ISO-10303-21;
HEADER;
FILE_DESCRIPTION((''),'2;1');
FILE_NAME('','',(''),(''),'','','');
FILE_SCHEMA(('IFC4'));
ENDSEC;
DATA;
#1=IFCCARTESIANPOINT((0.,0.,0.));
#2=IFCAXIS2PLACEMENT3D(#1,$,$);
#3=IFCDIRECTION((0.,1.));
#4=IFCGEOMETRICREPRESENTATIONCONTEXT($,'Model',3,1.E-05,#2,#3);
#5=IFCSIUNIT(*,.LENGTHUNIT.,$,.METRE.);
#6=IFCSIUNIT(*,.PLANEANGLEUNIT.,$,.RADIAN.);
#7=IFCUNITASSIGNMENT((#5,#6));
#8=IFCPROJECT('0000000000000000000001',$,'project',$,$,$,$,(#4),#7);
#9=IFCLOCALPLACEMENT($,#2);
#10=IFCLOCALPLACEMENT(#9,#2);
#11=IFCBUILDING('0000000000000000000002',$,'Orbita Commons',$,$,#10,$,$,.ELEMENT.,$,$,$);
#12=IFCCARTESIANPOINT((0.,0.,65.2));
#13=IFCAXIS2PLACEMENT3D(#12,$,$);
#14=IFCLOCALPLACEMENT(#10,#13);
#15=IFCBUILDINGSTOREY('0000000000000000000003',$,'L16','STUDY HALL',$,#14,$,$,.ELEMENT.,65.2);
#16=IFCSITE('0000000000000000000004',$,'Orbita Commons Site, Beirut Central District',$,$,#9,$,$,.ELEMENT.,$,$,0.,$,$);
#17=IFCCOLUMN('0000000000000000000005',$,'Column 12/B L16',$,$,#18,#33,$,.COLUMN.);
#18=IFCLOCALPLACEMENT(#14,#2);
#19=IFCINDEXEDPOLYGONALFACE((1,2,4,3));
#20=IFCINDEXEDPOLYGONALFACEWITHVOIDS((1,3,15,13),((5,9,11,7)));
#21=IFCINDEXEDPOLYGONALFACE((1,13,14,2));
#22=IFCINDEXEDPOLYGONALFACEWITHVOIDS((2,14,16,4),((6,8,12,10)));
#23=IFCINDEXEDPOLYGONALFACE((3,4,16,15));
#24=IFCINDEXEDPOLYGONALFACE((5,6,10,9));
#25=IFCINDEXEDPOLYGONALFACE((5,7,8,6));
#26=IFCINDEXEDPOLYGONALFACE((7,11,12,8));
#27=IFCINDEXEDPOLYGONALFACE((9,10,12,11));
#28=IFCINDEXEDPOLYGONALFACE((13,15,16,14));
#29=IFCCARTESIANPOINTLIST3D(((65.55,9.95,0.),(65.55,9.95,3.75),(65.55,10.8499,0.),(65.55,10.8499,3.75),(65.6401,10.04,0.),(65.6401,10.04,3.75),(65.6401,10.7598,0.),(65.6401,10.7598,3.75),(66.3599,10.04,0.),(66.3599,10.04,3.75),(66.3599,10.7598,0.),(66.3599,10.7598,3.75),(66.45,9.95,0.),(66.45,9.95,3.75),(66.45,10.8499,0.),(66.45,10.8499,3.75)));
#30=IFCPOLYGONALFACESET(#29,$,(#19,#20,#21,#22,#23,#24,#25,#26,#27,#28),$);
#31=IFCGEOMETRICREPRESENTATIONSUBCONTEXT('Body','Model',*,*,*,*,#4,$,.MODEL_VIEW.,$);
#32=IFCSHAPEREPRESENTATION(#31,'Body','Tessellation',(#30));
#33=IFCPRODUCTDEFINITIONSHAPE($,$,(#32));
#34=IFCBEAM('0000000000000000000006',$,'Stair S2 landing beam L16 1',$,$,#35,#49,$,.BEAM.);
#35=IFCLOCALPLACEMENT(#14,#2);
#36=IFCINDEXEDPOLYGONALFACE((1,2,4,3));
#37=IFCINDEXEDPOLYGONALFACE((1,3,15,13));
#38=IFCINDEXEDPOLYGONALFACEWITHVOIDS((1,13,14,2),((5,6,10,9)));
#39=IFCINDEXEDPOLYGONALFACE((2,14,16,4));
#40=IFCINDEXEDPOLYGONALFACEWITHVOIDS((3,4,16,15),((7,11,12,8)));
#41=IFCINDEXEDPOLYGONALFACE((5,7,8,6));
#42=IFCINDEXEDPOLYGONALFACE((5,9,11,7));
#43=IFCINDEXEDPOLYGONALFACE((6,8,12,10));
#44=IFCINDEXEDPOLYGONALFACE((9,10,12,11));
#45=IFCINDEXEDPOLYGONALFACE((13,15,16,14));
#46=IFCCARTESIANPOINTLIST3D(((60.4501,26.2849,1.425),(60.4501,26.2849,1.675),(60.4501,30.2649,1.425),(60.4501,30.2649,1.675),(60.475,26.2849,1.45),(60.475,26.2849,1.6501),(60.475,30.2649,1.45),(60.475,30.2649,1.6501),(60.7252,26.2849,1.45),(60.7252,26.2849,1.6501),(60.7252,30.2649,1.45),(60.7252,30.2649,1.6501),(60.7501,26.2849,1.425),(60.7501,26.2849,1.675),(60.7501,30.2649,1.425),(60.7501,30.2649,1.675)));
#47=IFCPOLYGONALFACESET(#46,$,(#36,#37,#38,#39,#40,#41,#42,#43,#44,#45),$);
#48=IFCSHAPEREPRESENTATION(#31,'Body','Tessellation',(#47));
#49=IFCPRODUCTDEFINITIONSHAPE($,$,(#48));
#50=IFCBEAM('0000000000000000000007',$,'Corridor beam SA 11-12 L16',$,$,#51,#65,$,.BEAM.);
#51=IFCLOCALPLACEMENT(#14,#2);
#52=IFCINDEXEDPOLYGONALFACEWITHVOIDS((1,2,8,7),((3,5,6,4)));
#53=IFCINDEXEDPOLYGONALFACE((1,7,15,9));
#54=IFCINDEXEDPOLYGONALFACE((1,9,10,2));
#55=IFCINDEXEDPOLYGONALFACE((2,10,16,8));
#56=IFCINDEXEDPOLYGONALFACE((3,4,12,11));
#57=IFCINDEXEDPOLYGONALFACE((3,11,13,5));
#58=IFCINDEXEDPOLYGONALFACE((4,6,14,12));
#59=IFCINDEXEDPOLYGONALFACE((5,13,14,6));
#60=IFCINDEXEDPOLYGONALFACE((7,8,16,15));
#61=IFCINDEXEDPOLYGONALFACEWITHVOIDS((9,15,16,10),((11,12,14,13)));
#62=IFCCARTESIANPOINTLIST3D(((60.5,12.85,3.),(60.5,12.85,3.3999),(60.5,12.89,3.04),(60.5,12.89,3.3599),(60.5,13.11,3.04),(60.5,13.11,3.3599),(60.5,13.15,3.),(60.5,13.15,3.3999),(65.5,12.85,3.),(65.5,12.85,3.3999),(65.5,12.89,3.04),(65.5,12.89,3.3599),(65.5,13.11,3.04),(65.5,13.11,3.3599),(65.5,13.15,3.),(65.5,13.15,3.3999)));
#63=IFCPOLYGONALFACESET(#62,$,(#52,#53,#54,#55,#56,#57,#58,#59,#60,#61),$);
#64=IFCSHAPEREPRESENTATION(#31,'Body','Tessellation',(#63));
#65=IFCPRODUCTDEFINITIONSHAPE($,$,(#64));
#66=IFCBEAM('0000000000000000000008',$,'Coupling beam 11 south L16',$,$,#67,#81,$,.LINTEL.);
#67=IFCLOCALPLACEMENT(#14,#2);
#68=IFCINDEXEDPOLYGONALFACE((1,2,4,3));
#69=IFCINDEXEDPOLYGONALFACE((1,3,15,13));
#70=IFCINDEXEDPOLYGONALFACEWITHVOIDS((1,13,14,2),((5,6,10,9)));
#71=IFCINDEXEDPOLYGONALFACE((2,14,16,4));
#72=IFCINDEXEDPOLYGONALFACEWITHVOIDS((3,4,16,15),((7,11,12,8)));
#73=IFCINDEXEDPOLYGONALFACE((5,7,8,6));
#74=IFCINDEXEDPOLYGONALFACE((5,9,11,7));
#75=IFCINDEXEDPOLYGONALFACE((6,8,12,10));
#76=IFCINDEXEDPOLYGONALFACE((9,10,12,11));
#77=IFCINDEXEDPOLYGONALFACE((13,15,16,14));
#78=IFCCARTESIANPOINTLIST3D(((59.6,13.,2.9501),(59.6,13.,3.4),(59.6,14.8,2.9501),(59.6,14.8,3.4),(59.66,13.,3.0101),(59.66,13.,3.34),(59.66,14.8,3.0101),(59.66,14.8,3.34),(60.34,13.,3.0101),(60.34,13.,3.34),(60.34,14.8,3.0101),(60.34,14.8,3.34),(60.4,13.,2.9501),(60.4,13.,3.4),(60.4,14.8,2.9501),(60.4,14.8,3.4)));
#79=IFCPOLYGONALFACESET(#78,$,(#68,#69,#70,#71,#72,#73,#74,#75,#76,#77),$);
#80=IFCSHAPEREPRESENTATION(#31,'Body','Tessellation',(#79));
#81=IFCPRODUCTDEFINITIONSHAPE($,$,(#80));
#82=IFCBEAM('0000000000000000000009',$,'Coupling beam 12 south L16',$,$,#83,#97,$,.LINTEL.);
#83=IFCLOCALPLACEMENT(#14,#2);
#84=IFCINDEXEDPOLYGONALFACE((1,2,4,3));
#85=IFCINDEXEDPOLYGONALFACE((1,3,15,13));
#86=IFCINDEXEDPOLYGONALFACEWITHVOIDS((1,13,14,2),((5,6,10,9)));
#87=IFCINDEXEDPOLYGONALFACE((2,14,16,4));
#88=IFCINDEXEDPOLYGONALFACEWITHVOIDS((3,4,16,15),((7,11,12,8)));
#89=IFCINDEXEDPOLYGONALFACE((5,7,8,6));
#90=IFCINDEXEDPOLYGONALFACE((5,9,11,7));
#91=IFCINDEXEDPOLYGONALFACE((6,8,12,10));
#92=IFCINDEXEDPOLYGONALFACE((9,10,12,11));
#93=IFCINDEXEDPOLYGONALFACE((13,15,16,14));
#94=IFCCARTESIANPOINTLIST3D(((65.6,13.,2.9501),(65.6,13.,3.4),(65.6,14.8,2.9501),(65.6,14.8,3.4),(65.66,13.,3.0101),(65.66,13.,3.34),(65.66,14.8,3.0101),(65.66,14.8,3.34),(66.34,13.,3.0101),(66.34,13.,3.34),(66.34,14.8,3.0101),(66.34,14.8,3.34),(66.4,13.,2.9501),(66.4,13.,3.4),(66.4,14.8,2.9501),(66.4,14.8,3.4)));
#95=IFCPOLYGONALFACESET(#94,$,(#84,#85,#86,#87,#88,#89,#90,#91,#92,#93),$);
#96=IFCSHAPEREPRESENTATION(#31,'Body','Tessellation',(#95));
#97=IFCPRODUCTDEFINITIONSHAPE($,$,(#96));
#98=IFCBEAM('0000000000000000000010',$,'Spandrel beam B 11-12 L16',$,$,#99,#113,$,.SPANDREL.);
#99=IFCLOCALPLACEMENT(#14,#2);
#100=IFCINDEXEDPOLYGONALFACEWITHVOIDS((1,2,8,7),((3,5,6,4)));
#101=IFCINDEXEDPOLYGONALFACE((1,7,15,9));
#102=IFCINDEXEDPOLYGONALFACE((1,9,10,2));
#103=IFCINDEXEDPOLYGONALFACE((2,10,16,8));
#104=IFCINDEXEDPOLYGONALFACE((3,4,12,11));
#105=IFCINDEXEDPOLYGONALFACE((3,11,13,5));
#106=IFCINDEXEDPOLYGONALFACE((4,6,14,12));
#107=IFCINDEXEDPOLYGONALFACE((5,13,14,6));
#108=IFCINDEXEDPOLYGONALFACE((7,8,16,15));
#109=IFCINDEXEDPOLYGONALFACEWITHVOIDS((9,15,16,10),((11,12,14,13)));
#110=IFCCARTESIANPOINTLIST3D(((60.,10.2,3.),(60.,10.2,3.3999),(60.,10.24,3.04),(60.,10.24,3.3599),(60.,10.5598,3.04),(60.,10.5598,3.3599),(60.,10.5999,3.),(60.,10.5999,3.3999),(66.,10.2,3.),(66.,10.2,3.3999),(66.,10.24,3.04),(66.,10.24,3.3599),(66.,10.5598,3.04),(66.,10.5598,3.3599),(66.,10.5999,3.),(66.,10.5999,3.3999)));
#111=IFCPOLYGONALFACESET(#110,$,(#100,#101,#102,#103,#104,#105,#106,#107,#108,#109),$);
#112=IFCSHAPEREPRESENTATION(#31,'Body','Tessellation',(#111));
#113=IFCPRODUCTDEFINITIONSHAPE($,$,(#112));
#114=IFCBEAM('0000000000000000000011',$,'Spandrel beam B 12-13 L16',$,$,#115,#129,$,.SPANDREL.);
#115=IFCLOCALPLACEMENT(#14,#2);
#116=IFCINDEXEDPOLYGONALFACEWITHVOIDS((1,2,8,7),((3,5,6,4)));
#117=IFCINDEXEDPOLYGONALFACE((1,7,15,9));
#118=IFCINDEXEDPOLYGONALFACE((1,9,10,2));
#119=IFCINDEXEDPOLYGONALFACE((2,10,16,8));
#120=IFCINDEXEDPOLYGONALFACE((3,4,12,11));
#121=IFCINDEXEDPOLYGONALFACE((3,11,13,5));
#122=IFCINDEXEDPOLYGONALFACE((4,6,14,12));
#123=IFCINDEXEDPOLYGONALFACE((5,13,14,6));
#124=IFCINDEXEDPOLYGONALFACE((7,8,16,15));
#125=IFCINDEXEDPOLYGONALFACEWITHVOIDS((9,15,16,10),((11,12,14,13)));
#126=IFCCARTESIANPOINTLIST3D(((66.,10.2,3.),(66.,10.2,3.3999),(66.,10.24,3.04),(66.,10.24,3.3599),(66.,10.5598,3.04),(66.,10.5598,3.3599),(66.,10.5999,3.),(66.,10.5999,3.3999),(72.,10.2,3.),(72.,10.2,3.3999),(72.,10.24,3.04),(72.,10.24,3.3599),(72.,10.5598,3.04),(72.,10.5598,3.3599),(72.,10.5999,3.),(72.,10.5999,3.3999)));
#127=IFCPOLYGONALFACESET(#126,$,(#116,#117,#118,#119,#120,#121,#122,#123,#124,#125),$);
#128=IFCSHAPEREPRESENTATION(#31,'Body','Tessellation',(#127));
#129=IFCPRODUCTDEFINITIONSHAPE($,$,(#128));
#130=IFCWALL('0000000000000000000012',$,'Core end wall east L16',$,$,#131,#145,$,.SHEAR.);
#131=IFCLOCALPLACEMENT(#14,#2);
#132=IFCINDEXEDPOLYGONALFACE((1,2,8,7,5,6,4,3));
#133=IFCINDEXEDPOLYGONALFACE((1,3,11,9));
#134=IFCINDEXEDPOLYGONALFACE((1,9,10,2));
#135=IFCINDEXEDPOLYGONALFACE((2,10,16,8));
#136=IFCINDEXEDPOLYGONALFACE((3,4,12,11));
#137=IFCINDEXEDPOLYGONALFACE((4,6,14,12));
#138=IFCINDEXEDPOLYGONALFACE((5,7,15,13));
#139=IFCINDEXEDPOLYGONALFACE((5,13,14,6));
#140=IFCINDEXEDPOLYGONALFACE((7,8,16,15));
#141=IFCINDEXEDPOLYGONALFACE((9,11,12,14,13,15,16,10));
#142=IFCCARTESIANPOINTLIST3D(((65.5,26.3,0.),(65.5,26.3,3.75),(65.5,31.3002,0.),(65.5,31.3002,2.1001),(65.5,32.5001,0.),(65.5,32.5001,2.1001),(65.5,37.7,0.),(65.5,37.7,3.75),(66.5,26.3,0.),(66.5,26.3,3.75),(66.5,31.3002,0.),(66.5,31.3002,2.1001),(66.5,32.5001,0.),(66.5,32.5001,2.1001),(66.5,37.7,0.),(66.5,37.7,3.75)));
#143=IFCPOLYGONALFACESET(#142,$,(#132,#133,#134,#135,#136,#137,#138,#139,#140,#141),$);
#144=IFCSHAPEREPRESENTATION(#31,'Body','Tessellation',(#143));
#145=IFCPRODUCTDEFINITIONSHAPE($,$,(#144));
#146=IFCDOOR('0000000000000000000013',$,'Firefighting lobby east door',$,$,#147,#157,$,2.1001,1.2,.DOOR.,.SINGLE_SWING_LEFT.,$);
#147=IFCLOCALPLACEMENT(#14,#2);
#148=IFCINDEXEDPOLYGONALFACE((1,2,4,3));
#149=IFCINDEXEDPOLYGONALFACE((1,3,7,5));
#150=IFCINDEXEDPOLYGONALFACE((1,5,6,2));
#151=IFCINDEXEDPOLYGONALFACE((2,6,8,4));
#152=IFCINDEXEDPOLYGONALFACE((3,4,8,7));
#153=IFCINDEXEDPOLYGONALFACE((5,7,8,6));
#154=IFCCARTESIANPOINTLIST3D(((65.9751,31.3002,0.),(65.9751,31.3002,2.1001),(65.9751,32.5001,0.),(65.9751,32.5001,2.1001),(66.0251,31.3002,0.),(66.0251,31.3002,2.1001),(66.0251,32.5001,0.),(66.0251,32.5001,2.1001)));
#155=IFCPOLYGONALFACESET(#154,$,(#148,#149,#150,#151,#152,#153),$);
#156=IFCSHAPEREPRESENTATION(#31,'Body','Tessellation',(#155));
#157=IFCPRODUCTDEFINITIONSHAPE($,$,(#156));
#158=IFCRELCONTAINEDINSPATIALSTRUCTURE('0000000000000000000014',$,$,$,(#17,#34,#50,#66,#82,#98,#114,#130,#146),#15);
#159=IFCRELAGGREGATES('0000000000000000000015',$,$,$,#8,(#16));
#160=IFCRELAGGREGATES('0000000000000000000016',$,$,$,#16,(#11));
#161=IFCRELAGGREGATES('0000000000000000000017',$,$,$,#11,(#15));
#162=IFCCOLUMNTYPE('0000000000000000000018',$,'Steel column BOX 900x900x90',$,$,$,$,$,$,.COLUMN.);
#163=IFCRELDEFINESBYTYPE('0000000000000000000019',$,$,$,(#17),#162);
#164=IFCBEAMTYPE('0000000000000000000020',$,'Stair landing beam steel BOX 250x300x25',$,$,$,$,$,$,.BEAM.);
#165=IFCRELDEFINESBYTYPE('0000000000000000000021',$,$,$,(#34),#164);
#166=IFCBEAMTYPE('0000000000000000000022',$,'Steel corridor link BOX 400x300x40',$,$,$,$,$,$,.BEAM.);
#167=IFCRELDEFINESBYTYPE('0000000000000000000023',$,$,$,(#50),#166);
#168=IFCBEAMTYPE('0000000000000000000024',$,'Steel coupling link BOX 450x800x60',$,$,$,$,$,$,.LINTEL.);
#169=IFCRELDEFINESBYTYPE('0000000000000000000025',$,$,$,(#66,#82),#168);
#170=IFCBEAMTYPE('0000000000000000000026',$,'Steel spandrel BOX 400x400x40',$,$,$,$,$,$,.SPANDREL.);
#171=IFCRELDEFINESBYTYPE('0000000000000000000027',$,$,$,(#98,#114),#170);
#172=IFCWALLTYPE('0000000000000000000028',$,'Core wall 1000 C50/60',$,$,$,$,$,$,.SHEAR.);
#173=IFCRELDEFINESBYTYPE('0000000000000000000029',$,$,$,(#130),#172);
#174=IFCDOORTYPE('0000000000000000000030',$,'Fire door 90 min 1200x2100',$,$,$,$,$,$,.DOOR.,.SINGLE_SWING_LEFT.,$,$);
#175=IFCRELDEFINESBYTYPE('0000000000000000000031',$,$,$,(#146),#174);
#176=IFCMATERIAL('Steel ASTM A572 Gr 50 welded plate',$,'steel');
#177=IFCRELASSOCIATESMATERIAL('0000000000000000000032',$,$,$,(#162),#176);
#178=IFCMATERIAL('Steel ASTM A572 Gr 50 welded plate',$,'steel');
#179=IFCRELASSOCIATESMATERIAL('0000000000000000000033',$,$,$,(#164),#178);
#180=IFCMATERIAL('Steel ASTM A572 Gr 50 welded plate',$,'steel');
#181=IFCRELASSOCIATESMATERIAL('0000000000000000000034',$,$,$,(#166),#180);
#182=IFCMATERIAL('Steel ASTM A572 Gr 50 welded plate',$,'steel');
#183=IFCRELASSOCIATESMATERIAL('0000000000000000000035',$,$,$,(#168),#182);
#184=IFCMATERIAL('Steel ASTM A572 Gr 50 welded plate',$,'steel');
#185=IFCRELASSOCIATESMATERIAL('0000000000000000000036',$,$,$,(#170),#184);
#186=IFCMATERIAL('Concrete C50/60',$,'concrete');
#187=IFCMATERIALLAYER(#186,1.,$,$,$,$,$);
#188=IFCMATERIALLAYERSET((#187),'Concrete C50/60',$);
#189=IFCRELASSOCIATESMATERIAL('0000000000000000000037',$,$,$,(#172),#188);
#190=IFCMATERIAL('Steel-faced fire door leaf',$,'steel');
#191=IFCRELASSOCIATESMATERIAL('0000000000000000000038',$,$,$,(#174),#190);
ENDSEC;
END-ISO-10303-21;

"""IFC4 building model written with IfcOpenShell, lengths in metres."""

from ifc_helpers import new_model, si_unit, direction, frame, frame_2d, origin, origin_2d, place, context, subcontext, project, spatial, rectangle, hollow_rectangle, extrude, material, layer, layer_set, material_profile, profile_set, type_object, element, fill, save


model = new_model("IFC4")

# Units and contexts
model_context = context("Model", 3, precision=1e-05, world=origin(), true_north=direction((0.0, 1.0)))
body_context = subcontext(model_context, "Body", "Model", "MODEL_VIEW")
ifc_project = project(units=[si_unit("LENGTHUNIT", "METRE"), si_unit("PLANEANGLEUNIT", "RADIAN")], contexts=[model_context])

# Site, building, storey
site_placement = place(None, origin())
site = spatial("IfcSite", under=ifc_project, at=site_placement, Name="Orbita Commons Site, Beirut Central District", CompositionType="ELEMENT", RefElevation=0.0)
building_placement = place(site_placement, origin())
building = spatial("IfcBuilding", under=site, at=building_placement, Name="Orbita Commons", CompositionType="ELEMENT")
storey_placement = place(building_placement, frame((0.0, 0.0, 65.2)))
storey = spatial("IfcBuildingStorey", under=building, at=storey_placement, Name="L16", Description="STUDY HALL", CompositionType="ELEMENT", Elevation=65.2)

# Column
ifc_material_1 = material(Name="Steel ASTM A572 Gr 50 welded plate", Category="steel")
ifc_material_profile_1 = material_profile(ifc_material_1, hollow_rectangle(XDim=0.8999, YDim=0.8999, WallThickness=0.0901, at=origin_2d()), Name="BOX 900x900x90")
ifc_profile_set_1 = profile_set([ifc_material_profile_1], Name="Steel ASTM A572 Gr 50 welded plate")
column_type = type_object("IfcColumnType", Name="Steel column BOX 900x900x90", PredefinedType="COLUMN", material=ifc_profile_set_1)
column_placement = place(storey_placement, frame((66.0, 10.3999, 0.0), z_axis=(0.0, 0.0, 1.0), x_axis=(1.0, 0.0, 0.0)))
element("IfcColumn", 1, at=column_placement, inside=storey, type_object=column_type, Name="Column 12/B L16", PredefinedType="COLUMN", context=body_context, shape_type="SweptSolid", body=[
    extrude(hollow_rectangle(XDim=0.8999, YDim=0.8999, WallThickness=0.0901, at=origin_2d()), origin(), (0.0, 0.0, 1.0), 3.75),
])

# Beams
ifc_material_2 = material(Name="Steel ASTM A572 Gr 50 welded plate", Category="steel")
ifc_material_profile_2 = material_profile(ifc_material_2, hollow_rectangle(XDim=0.3, YDim=0.25, WallThickness=0.0249, at=origin_2d()), Name="BOX 250x300x25")
ifc_profile_set_2 = profile_set([ifc_material_profile_2], Name="Steel ASTM A572 Gr 50 welded plate")
beam_type_1 = type_object("IfcBeamType", Name="Stair landing beam steel BOX 250x300x25", PredefinedType="BEAM", material=ifc_profile_set_2)
beam_1_placement = place(storey_placement, frame((60.6001, 26.2849, 1.55), z_axis=(0.0, 1.0, 0.0), x_axis=(-1.0, 0.0, 0.0)))
element("IfcBeam", 2, at=beam_1_placement, inside=storey, type_object=beam_type_1, Name="Stair S2 landing beam L16 1", PredefinedType="BEAM", context=body_context, shape_type="SweptSolid", body=[
    extrude(hollow_rectangle(XDim=0.3, YDim=0.25, WallThickness=0.0249, at=origin_2d()), origin(), (0.0, 0.0, 1.0), 3.98),
])
ifc_material_3 = material(Name="Steel ASTM A572 Gr 50 welded plate", Category="steel")
ifc_material_profile_3 = material_profile(ifc_material_3, hollow_rectangle(XDim=0.3, YDim=0.3999, WallThickness=0.04, at=origin_2d()), Name="BOX 400x300x40")
ifc_profile_set_3 = profile_set([ifc_material_profile_3], Name="Steel ASTM A572 Gr 50 welded plate")
beam_type_2 = type_object("IfcBeamType", Name="Steel corridor link BOX 400x300x40", PredefinedType="BEAM", material=ifc_profile_set_3)
beam_2_placement = place(storey_placement, frame((60.5, 13.0, 3.2), z_axis=(1.0, 0.0, 0.0), x_axis=(0.0, 1.0, 0.0)))
element("IfcBeam", 3, at=beam_2_placement, inside=storey, type_object=beam_type_2, Name="Corridor beam SA 11-12 L16", PredefinedType="BEAM", context=body_context, shape_type="SweptSolid", body=[
    extrude(hollow_rectangle(XDim=0.3, YDim=0.3999, WallThickness=0.04, at=origin_2d()), origin(), (0.0, 0.0, 1.0), 5.0),
])
ifc_material_4 = material(Name="Steel ASTM A572 Gr 50 welded plate", Category="steel")
ifc_material_profile_4 = material_profile(ifc_material_4, hollow_rectangle(XDim=0.8, YDim=0.45, WallThickness=0.0601, at=origin_2d()), Name="BOX 450x800x60")
ifc_profile_set_4 = profile_set([ifc_material_profile_4], Name="Steel ASTM A572 Gr 50 welded plate")
beam_type_3 = type_object("IfcBeamType", Name="Steel coupling link BOX 450x800x60", PredefinedType="LINTEL", material=ifc_profile_set_4)
for number, where, z_axis, x_axis, name in (
    (4, (60.0, 13.0, 3.175), (0.0, 1.0, 0.0), (-1.0, 0.0, 0.0), "Coupling beam 11 south L16"),
    (5, (66.0, 13.0, 3.175), (0.0, 1.0, 0.0), (-1.0, 0.0, 0.0), "Coupling beam 12 south L16"),
):
    element("IfcBeam", number, at=place(storey_placement, frame(where, z_axis=z_axis, x_axis=x_axis)), inside=storey, type_object=beam_type_3, Name=name, PredefinedType="LINTEL", context=body_context, shape_type="SweptSolid", body=[
        extrude(hollow_rectangle(XDim=0.8, YDim=0.45, WallThickness=0.0601, at=origin_2d()), origin(), (0.0, 0.0, 1.0), 1.8),
    ])
ifc_material_5 = material(Name="Steel ASTM A572 Gr 50 welded plate", Category="steel")
ifc_material_profile_5 = material_profile(ifc_material_5, hollow_rectangle(XDim=0.3999, YDim=0.3999, WallThickness=0.04, at=origin_2d()), Name="BOX 400x400x40")
ifc_profile_set_5 = profile_set([ifc_material_profile_5], Name="Steel ASTM A572 Gr 50 welded plate")
beam_type_4 = type_object("IfcBeamType", Name="Steel spandrel BOX 400x400x40", PredefinedType="SPANDREL", material=ifc_profile_set_5)
for number, where, z_axis, x_axis, name in (
    (6, (60.0, 10.3999, 3.2), (1.0, 0.0, 0.0), (0.0, 1.0, 0.0), "Spandrel beam B 11-12 L16"),
    (7, (66.0, 10.3999, 3.2), (1.0, 0.0, 0.0), (0.0, 1.0, 0.0), "Spandrel beam B 12-13 L16"),
):
    element("IfcBeam", number, at=place(storey_placement, frame(where, z_axis=z_axis, x_axis=x_axis)), inside=storey, type_object=beam_type_4, Name=name, PredefinedType="SPANDREL", context=body_context, shape_type="SweptSolid", body=[
        extrude(hollow_rectangle(XDim=0.3999, YDim=0.3999, WallThickness=0.04, at=origin_2d()), origin(), (0.0, 0.0, 1.0), 6.0),
    ])

# Wall, opening, door
ifc_material_6 = material(Name="Concrete C50/60", Category="concrete")
ifc_layer_1 = layer(ifc_material_6, 1.0)
ifc_layer_set_1 = layer_set([ifc_layer_1], Name="Concrete C50/60")
wall_type_1 = type_object("IfcWallType", Name="Core wall 1000 C50/60", PredefinedType="SHEAR", material=ifc_layer_set_1)
wall_1_placement = place(storey_placement, frame((66.0, 26.3, 0.0), z_axis=(0.0, 0.0, 1.0), x_axis=(0.0, 1.0, 0.0)))
wall_1 = element("IfcWall", 8, at=wall_1_placement, inside=storey, type_object=wall_type_1, Name="Core end wall east L16", PredefinedType="SHEAR", context=body_context, shape_type="SweptSolid", body=[
    extrude(rectangle(XDim=11.3999, YDim=1.0, at=frame_2d((5.7, 0.0))), origin(), (0.0, 0.0, 1.0), 3.75),
])
opening_1_placement = place(wall_1_placement, frame((5.0, 0.0, 0.0)))
opening_1 = element("IfcOpeningElement", 9, at=opening_1_placement, cuts=wall_1, PredefinedType="OPENING", context=body_context, shape_type="SweptSolid", body=[
    extrude(rectangle(XDim=1.2, YDim=2.1001, at=frame_2d((0.6001, 1.05))), frame((0.0, 0.51, 0.0), z_axis=(0.0, -1.0, 0.0), x_axis=(1.0, 0.0, 0.0)), (0.0, 0.0, 1.0), 1.02),
])
ifc_material_7 = material(Name="Steel-faced fire door leaf", Category="steel")
door_type_1 = type_object("IfcDoorType", Name="Fire door 90 min 1200x2100", OperationType="SINGLE_SWING_LEFT", PredefinedType="DOOR", material=ifc_material_7)
door_1_placement = place(opening_1_placement, origin())
door_1 = element("IfcDoor", 10, at=door_1_placement, inside=storey, type_object=door_type_1, Name="Firefighting lobby east door", OperationType="SINGLE_SWING_LEFT", OverallHeight=2.1001, OverallWidth=1.2, PredefinedType="DOOR", context=body_context, shape_type="SweptSolid", body=[
    extrude(rectangle(XDim=1.2, YDim=2.1001, at=frame_2d((0.6001, 1.05))), frame((0.0, 0.0249, 0.0), z_axis=(0.0, -1.0, 0.0), x_axis=(1.0, 0.0, 0.0)), (0.0, 0.0, 1.0), 0.05),
])
fill(opening_1, door_1)

save(model, "model.ifc")
